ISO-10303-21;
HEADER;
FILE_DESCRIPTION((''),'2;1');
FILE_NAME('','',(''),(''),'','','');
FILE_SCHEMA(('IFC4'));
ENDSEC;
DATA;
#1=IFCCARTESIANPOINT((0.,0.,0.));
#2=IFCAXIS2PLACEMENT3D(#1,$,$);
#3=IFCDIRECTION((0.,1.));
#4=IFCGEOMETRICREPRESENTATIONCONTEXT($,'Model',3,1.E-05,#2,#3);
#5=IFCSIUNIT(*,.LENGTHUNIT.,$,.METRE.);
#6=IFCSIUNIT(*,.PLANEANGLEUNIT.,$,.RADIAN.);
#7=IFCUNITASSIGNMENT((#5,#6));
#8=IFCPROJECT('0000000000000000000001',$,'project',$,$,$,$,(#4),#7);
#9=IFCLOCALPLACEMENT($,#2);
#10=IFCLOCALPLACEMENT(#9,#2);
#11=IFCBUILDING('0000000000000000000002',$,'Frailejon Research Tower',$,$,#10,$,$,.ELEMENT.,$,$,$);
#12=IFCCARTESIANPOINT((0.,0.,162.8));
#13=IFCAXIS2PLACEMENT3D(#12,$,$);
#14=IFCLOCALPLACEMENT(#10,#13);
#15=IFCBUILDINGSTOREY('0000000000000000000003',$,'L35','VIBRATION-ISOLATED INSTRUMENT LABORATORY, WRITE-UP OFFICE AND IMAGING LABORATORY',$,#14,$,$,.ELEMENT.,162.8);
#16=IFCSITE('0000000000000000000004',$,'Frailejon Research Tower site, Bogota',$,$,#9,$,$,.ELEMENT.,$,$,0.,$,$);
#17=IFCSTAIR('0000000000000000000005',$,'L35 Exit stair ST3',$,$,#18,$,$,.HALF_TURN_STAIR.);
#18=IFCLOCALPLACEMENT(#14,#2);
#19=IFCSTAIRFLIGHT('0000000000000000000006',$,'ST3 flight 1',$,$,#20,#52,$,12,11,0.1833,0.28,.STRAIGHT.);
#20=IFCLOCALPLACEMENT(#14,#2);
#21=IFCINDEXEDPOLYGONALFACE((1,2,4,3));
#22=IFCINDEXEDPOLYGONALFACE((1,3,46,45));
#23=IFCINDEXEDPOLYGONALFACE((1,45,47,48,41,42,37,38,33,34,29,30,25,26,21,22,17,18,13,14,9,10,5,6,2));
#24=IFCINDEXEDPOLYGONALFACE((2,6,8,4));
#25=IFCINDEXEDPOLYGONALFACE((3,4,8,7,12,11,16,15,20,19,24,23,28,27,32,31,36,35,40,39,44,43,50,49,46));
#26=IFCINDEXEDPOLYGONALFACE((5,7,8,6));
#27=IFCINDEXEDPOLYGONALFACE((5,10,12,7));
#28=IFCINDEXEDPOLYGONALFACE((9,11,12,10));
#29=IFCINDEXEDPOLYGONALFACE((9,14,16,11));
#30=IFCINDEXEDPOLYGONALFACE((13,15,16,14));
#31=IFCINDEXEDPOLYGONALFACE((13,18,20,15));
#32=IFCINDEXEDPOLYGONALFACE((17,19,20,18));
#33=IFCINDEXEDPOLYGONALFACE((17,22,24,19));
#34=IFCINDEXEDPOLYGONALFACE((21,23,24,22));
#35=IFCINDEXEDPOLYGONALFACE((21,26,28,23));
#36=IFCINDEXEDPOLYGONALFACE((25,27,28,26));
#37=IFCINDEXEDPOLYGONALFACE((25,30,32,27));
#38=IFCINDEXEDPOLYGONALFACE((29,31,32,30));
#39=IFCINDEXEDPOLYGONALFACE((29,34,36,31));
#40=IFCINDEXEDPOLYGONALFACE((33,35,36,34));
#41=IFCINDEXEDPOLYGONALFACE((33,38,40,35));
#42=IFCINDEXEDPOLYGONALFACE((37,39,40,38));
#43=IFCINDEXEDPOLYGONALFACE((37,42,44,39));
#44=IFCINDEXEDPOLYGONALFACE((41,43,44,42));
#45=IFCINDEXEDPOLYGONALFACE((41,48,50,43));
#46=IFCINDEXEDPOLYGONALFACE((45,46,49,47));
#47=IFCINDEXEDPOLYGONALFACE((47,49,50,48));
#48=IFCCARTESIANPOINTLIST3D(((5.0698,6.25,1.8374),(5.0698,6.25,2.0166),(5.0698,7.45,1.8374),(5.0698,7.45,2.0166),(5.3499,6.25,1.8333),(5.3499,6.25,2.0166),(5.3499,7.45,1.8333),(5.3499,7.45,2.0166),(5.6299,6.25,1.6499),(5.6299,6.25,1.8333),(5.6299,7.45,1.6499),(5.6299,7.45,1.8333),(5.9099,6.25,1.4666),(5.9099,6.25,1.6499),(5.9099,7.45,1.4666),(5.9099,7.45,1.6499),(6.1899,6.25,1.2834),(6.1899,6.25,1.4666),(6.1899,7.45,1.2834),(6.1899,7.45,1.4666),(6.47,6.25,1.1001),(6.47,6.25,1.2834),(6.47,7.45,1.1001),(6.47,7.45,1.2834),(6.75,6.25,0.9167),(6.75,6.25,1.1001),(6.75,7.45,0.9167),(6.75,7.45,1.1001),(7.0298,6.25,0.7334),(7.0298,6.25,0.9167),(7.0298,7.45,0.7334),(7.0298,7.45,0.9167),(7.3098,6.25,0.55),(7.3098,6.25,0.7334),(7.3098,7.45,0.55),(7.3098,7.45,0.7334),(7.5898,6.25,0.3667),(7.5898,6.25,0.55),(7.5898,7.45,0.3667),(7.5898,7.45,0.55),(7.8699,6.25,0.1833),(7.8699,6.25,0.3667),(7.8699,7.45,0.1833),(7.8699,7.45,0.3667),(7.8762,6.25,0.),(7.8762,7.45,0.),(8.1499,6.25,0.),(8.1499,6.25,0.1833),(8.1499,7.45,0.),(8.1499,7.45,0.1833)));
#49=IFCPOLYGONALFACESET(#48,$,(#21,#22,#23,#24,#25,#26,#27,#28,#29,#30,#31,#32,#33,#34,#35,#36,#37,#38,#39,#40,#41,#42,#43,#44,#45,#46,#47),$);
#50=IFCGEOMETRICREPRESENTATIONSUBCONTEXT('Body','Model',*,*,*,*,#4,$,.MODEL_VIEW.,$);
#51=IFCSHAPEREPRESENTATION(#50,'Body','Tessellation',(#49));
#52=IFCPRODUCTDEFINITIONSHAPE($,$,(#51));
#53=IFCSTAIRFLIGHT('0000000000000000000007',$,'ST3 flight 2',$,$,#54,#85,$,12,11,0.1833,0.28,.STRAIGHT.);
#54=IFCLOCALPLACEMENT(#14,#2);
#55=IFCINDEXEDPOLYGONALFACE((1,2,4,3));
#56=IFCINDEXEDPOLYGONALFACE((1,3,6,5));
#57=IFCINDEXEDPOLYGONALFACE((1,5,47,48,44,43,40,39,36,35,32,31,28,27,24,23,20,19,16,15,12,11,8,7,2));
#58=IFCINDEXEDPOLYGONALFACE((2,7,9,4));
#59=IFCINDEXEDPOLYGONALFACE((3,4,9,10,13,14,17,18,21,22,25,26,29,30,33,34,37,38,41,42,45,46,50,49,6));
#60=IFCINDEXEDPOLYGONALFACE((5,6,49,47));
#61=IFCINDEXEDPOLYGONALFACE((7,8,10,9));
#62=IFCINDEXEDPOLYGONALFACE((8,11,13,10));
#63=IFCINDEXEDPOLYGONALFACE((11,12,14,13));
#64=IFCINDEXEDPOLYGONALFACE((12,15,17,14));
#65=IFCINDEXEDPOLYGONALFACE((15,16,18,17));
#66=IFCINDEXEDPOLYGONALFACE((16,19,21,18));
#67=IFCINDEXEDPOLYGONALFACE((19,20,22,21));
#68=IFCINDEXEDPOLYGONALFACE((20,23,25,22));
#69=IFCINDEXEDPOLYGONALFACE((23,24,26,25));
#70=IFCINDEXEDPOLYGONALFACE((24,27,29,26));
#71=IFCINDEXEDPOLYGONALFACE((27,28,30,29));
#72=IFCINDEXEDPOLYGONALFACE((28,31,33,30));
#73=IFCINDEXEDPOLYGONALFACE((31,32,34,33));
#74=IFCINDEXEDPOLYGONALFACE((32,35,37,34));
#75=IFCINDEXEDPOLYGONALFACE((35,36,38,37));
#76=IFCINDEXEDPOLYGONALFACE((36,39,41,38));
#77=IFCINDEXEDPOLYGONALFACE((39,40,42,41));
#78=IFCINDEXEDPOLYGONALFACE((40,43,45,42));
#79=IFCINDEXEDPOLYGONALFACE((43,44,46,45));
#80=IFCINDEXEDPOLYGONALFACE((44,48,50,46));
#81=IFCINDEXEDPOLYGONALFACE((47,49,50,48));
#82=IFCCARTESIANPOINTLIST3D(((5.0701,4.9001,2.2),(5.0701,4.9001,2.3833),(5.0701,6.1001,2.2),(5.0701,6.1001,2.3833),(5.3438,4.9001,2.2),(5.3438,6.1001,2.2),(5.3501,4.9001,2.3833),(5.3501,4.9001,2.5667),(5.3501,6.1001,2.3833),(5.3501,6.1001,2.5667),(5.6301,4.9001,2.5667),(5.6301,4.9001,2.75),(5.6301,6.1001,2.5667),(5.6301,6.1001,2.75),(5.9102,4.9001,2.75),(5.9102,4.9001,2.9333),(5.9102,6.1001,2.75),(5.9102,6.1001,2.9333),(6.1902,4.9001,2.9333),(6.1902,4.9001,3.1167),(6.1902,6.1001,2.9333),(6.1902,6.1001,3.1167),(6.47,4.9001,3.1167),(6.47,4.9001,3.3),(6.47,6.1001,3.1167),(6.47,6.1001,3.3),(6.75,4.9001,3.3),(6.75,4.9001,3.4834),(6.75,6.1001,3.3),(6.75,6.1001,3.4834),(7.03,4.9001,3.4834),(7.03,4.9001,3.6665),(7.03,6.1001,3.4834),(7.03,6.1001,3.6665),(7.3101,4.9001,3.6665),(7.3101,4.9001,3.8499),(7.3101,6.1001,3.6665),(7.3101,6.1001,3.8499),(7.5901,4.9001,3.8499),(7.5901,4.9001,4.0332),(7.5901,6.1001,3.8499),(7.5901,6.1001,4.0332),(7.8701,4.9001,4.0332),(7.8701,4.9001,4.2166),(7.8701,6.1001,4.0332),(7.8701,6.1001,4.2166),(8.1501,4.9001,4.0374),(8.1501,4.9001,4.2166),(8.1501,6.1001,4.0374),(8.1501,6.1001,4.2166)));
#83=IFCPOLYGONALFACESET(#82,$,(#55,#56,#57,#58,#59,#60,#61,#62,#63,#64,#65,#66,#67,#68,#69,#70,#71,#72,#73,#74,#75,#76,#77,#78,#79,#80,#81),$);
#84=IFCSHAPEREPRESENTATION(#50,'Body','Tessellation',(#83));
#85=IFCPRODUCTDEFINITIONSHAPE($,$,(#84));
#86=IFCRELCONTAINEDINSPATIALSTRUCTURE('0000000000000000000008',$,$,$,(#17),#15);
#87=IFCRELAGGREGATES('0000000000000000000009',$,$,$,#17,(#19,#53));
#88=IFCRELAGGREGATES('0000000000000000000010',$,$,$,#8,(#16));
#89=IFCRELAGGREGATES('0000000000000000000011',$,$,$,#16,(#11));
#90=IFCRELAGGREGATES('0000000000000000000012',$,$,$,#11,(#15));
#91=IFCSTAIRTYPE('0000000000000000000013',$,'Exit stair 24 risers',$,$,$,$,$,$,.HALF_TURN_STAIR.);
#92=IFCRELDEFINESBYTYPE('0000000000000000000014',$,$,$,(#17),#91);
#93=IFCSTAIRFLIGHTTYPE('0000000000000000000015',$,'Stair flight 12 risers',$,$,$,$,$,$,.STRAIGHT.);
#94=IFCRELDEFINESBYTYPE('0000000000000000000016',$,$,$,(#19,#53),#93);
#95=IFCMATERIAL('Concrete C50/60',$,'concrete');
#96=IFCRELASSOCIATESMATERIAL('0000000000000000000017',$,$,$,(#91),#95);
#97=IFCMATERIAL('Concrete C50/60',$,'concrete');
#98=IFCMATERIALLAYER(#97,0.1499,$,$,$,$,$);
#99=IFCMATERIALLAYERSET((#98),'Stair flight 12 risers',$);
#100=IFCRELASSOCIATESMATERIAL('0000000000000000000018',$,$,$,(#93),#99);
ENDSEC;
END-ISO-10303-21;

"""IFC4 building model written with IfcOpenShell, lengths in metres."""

from ifc_helpers import new_model, si_unit, direction, frame, origin, place, context, subcontext, project, spatial, polyline, outline, extrude, material, layer, layer_set, type_object, element, aggregate, save


model = new_model("IFC4")

# Units and contexts
model_context = context("Model", 3, precision=1e-05, world=origin(), true_north=direction((0.0, 1.0)))
body_context = subcontext(model_context, "Body", "Model", "MODEL_VIEW")
ifc_project = project(units=[si_unit("LENGTHUNIT", "METRE"), si_unit("PLANEANGLEUNIT", "RADIAN")], contexts=[model_context])

# Site, building, storey
site_placement = place(None, origin())
site = spatial("IfcSite", under=ifc_project, at=site_placement, Name="Frailejon Research Tower site, Bogota", CompositionType="ELEMENT", RefElevation=0.0)
building_placement = place(site_placement, origin())
building = spatial("IfcBuilding", under=site, at=building_placement, Name="Frailejon Research Tower", CompositionType="ELEMENT")
storey_placement = place(building_placement, frame((0.0, 0.0, 162.8)))
storey = spatial("IfcBuildingStorey", under=building, at=storey_placement, Name="L35", Description="VIBRATION-ISOLATED INSTRUMENT LABORATORY, WRITE-UP OFFICE AND IMAGING LABORATORY", CompositionType="ELEMENT", Elevation=162.8)

# Stair
ifc_material_1 = material(Name="Concrete C50/60", Category="concrete")
stair_type = type_object("IfcStairType", Name="Exit stair 24 risers", PredefinedType="HALF_TURN_STAIR", material=ifc_material_1)
stair_1_placement = place(storey_placement, origin())
stair_1 = element("IfcStair", 1, at=stair_1_placement, inside=storey, type_object=stair_type, Name="L35 Exit stair ST3", PredefinedType="HALF_TURN_STAIR")

# Stair flights
ifc_material_2 = material(Name="Concrete C50/60", Category="concrete")
ifc_layer_1 = layer(ifc_material_2, 0.1499)
ifc_layer_set_1 = layer_set([ifc_layer_1], Name="Stair flight 12 risers")
stair_flight_type = type_object("IfcStairFlightType", Name="Stair flight 12 risers", PredefinedType="STRAIGHT", material=ifc_layer_set_1)
stair_flight_1_placement = place(storey_placement, frame((8.1499, 6.8501, 0.0), z_axis=(0.0, 0.0, 1.0), x_axis=(-1.0, 0.0, 0.0)))
stair_flight_1 = element("IfcStairFlight", 2, at=stair_flight_1_placement, type_object=stair_flight_type, Name="ST3 flight 1", NumberOfRisers=12, NumberOfTreads=11, PredefinedType="STRAIGHT", RiserHeight=0.1833, TreadLength=0.28, context=body_context, shape_type="SweptSolid", body=[
    extrude(outline(polyline([(0.0, 0.0), (0.0, 0.1833), (0.28, 0.1833), (0.28, 0.3667), (0.5601, 0.3667), (0.5601, 0.55), (0.8401, 0.55), (0.8401, 0.7334), (1.1201, 0.7334), (1.1201, 0.9167), (1.3999, 0.9167), (1.3999, 1.1001), (1.6799, 1.1001), (1.6799, 1.2834), (1.96, 1.2834), (1.96, 1.4666), (2.24, 1.4666), (2.24, 1.6499), (2.52, 1.6499), (2.52, 1.8333), (2.8, 1.8333), (2.8, 2.0166), (3.0801, 2.0166), (3.0801, 2.2), (3.0801, 1.8374), (0.2737, 0.0), (0.0, 0.0)])), frame((0.0, 0.6001, 0.0), z_axis=(0.0, -1.0, 0.0), x_axis=(1.0, 0.0, 0.0)), (0.0, 0.0, 1.0), 1.2),
])
stair_flight_2_placement = place(storey_placement, frame((5.0701, 5.5, 2.2), z_axis=(0.0, 0.0, 1.0), x_axis=(1.0, 0.0, 0.0)))
stair_flight_2 = element("IfcStairFlight", 3, at=stair_flight_2_placement, type_object=stair_flight_type, Name="ST3 flight 2", NumberOfRisers=12, NumberOfTreads=11, PredefinedType="STRAIGHT", RiserHeight=0.1833, TreadLength=0.28, context=body_context, shape_type="SweptSolid", body=[
    extrude(outline(polyline([(0.0, 0.0), (0.0, 0.1833), (0.28, 0.1833), (0.28, 0.3667), (0.5601, 0.3667), (0.5601, 0.55), (0.8401, 0.55), (0.8401, 0.7334), (1.1201, 0.7334), (1.1201, 0.9167), (1.3999, 0.9167), (1.3999, 1.1001), (1.6799, 1.1001), (1.6799, 1.2834), (1.96, 1.2834), (1.96, 1.4666), (2.24, 1.4666), (2.24, 1.6499), (2.52, 1.6499), (2.52, 1.8333), (2.8, 1.8333), (2.8, 2.0166), (3.0801, 2.0166), (3.0801, 2.2), (3.0801, 1.8374), (0.2737, 0.0), (0.0, 0.0)])), frame((0.0, 0.6001, 0.0), z_axis=(0.0, -1.0, 0.0), x_axis=(1.0, 0.0, 0.0)), (0.0, 0.0, 1.0), 1.2),
])
aggregate(stair_1, [stair_flight_1, stair_flight_2])

save(model, "model.ifc")
